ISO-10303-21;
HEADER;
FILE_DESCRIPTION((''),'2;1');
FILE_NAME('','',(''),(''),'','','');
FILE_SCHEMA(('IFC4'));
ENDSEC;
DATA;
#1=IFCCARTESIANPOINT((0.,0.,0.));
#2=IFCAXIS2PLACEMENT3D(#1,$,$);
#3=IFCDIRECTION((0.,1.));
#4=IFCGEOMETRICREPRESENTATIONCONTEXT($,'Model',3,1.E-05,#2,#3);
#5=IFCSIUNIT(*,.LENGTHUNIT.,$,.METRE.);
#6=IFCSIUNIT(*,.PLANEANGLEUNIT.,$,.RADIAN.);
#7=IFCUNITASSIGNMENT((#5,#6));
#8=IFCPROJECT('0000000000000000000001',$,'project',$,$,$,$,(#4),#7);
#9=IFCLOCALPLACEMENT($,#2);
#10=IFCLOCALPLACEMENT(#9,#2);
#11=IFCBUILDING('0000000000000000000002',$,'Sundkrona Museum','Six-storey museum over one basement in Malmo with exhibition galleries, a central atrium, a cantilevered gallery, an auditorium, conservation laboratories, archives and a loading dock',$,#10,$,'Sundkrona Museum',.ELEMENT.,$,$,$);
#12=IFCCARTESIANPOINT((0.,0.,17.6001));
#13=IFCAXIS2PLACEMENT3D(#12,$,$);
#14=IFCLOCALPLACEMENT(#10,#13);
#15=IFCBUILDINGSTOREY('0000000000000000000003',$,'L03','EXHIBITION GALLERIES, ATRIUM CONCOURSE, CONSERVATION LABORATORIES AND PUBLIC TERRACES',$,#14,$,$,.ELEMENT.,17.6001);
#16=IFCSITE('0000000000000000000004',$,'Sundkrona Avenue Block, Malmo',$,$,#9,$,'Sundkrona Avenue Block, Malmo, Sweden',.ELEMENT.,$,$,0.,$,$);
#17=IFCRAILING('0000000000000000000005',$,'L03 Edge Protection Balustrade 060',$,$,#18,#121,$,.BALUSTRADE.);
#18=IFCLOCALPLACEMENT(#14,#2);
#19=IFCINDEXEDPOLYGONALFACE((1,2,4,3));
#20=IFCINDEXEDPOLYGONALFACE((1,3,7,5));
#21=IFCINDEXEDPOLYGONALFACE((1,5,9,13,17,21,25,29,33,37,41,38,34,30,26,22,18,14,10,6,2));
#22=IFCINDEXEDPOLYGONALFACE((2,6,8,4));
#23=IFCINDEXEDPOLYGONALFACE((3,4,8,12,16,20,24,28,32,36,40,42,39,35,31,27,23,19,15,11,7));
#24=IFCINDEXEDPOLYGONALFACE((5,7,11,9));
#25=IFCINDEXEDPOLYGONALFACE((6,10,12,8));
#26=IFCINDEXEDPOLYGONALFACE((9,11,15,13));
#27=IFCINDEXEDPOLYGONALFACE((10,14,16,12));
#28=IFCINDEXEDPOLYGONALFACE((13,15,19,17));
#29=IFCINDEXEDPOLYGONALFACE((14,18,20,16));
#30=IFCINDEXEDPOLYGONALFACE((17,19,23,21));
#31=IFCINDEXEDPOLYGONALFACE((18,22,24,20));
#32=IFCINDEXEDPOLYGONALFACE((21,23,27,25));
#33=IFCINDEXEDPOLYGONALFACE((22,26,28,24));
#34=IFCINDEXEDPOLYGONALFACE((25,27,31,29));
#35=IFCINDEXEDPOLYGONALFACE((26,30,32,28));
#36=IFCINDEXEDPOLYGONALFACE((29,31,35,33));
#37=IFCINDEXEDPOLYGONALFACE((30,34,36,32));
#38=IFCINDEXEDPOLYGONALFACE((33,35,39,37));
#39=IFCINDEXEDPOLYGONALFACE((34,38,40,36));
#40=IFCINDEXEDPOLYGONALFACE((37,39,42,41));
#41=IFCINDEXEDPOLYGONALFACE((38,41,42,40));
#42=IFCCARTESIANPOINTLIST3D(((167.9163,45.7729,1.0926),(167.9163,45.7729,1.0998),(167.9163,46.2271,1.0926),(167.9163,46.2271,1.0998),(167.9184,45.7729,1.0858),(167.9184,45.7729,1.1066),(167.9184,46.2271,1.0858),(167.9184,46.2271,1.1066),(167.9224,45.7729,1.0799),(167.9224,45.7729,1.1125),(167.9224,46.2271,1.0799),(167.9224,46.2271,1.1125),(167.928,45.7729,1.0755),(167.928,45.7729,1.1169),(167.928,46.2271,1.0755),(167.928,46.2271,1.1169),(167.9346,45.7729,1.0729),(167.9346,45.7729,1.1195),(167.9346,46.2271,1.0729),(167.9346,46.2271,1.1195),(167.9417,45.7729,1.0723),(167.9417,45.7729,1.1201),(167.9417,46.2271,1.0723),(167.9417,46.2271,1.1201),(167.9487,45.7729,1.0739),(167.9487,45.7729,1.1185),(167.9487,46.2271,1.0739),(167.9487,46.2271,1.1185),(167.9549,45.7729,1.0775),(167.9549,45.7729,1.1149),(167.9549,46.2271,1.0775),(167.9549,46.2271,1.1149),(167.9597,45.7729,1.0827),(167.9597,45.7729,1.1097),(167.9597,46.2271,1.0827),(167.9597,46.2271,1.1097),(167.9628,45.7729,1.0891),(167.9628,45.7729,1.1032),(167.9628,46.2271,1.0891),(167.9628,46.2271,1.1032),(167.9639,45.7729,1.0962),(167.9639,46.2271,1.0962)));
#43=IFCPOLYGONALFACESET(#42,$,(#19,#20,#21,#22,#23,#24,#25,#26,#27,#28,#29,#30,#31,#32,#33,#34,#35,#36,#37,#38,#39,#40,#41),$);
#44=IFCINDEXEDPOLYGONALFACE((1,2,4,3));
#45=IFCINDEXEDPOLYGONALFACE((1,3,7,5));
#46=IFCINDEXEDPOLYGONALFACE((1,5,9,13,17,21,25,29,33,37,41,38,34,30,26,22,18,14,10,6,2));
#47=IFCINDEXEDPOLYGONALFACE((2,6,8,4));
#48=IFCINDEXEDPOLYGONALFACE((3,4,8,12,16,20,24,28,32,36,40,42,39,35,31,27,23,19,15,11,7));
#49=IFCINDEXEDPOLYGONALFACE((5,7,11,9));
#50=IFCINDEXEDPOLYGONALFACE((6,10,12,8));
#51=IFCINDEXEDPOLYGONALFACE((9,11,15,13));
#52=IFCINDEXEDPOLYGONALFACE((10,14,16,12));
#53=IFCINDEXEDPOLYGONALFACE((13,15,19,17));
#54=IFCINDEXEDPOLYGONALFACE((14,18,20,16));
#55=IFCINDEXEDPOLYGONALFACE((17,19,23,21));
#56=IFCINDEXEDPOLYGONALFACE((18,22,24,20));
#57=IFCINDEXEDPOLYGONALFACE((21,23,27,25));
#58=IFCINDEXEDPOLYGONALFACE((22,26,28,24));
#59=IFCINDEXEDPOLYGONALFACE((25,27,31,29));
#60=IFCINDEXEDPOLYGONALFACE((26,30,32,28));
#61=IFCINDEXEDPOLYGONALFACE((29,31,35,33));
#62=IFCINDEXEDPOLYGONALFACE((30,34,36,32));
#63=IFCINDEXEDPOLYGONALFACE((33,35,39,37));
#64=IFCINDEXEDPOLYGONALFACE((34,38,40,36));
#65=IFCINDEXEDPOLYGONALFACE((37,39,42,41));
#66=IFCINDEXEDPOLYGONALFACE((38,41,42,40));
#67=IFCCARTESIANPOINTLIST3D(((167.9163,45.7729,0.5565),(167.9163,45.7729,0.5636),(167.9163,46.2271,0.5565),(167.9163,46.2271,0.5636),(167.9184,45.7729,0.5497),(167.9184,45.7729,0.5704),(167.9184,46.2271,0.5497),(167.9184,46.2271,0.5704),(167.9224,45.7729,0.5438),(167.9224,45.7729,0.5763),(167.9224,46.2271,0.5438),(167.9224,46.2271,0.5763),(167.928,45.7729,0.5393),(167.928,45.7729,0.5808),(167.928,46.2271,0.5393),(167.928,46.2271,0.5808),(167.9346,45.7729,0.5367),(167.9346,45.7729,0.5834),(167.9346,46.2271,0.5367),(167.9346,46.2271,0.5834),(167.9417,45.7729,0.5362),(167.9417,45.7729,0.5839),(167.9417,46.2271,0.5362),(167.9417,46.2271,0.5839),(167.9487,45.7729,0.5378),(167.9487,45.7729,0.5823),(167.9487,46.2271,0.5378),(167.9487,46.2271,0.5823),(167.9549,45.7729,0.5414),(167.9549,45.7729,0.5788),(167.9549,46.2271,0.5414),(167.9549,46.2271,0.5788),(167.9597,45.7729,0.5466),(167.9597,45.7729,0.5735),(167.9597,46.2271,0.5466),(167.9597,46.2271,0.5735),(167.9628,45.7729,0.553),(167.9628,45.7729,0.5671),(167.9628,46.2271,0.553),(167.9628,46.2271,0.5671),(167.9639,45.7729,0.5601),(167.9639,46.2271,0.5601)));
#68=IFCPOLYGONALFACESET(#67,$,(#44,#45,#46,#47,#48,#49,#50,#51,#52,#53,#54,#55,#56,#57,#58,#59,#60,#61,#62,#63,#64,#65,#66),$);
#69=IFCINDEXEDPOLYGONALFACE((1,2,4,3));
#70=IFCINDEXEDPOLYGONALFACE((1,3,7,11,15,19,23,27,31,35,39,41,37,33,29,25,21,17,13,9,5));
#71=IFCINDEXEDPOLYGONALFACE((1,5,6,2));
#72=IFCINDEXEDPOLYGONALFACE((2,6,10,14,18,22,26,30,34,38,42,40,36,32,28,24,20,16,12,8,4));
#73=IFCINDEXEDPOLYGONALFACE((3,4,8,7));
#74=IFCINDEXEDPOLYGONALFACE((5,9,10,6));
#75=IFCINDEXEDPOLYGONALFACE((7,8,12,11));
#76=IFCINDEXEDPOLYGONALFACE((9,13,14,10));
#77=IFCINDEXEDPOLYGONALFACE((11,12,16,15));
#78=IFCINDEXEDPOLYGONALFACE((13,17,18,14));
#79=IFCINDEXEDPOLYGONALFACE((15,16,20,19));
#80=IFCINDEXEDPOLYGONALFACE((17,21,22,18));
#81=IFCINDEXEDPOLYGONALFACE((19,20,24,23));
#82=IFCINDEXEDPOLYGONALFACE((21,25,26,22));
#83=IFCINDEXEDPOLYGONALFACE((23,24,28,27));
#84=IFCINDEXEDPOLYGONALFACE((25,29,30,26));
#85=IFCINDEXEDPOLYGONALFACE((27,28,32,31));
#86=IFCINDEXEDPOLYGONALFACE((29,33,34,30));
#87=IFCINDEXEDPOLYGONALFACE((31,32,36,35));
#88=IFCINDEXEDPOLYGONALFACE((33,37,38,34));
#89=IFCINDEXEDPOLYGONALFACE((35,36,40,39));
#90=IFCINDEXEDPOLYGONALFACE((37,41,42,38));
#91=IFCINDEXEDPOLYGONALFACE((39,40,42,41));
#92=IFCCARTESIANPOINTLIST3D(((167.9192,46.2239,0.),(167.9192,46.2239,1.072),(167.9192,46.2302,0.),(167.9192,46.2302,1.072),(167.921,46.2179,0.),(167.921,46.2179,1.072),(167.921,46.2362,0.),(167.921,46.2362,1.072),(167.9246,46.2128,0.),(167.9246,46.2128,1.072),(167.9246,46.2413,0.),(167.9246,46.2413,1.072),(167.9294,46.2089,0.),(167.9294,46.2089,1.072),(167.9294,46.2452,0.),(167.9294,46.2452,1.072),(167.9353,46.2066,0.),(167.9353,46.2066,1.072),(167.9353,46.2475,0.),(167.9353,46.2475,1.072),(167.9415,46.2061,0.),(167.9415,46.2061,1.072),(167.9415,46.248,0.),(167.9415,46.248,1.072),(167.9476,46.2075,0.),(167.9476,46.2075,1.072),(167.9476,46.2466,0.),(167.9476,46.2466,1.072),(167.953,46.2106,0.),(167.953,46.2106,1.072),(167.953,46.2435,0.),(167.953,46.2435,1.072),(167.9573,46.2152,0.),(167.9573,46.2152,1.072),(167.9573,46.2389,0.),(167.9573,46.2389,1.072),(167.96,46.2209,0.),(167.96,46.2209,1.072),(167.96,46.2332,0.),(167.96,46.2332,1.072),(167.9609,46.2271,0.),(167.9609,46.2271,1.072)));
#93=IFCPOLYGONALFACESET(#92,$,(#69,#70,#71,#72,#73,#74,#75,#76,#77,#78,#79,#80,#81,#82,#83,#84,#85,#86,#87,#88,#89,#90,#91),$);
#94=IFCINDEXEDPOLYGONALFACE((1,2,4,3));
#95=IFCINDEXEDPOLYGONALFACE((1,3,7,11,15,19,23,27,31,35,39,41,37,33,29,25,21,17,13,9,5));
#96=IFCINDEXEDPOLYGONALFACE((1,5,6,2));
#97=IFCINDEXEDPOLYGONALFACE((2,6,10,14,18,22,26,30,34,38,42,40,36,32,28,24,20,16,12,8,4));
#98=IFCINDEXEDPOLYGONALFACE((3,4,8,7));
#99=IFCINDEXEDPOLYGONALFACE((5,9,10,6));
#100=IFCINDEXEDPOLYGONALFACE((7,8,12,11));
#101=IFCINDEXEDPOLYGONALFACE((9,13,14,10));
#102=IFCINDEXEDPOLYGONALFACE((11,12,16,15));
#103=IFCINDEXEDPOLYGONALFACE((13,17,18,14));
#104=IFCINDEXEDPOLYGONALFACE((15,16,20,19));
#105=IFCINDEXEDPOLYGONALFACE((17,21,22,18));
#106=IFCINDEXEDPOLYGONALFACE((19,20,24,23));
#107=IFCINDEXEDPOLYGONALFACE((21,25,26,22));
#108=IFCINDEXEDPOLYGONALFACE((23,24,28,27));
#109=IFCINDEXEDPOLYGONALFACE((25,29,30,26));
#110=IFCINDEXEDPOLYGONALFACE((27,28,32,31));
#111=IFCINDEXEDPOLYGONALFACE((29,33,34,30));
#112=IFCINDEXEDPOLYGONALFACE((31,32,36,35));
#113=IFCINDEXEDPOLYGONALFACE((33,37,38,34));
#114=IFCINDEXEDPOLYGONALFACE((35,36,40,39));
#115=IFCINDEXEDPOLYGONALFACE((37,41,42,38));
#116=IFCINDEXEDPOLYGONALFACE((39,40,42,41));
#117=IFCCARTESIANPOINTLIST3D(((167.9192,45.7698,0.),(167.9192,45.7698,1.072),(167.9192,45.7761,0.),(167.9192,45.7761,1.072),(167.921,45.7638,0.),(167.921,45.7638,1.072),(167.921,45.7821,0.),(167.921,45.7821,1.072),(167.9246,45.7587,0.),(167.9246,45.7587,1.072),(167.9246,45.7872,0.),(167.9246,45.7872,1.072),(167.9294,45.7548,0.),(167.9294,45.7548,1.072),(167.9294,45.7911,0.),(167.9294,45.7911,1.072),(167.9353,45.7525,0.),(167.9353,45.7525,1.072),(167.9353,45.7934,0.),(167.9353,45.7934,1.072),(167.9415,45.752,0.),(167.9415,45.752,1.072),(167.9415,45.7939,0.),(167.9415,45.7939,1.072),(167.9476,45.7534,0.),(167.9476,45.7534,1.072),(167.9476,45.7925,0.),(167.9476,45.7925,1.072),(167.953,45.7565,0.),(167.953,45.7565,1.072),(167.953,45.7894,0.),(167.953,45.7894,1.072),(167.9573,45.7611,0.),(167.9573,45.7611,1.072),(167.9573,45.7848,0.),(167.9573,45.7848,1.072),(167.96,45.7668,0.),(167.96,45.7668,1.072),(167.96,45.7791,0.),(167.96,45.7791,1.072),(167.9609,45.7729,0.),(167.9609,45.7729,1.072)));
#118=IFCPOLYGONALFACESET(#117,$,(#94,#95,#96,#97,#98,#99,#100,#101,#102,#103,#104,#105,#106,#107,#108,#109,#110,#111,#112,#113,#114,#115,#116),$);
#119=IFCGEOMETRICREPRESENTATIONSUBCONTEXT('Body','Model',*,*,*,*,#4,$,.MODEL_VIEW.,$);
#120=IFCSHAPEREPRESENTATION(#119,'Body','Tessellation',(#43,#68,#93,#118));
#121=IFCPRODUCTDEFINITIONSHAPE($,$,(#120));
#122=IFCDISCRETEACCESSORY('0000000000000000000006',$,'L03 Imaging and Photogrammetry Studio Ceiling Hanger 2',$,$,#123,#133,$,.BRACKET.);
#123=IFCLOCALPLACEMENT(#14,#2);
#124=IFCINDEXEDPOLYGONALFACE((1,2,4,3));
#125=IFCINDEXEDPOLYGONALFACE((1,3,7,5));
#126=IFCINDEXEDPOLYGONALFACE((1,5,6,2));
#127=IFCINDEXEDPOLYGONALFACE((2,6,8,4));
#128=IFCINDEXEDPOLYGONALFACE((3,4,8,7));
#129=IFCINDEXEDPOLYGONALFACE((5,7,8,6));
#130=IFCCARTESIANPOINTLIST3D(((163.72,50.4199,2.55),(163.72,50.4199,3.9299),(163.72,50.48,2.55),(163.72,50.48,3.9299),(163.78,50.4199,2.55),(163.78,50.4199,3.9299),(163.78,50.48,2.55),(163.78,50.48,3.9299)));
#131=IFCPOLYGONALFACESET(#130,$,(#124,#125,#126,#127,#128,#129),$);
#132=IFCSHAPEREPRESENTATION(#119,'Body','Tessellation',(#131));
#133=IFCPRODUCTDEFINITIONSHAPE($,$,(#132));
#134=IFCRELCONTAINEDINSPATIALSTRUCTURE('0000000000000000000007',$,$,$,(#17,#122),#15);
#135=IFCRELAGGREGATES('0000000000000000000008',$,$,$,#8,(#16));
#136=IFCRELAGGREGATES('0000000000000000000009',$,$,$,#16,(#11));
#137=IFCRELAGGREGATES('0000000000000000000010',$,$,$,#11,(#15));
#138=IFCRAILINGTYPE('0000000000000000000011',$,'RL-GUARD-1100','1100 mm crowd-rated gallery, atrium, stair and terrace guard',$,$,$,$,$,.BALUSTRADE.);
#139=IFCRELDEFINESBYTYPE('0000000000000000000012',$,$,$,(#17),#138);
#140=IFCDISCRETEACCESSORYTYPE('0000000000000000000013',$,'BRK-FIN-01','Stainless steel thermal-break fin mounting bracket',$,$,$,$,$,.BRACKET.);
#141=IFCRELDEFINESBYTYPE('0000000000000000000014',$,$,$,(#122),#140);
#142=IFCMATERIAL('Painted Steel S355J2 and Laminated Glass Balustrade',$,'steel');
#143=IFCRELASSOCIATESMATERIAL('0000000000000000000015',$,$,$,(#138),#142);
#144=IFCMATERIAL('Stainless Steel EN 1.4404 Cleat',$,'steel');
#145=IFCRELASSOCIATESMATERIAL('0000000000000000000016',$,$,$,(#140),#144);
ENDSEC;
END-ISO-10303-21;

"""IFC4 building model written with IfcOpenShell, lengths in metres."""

from ifc_helpers import new_model, si_unit, direction, frame, origin, origin_2d, place, context, subcontext, project, spatial, rectangle, circle, extrude, material, type_object, element, save


model = new_model("IFC4")

# Units and contexts
model_context = context("Model", 3, precision=1e-05, world=origin(), true_north=direction((0.0, 1.0)))
body_context = subcontext(model_context, "Body", "Model", "MODEL_VIEW")
ifc_project = project(units=[si_unit("LENGTHUNIT", "METRE"), si_unit("PLANEANGLEUNIT", "RADIAN")], contexts=[model_context])

# Site, building, storey
site_placement = place(None, origin())
site = spatial("IfcSite", under=ifc_project, at=site_placement, Name="Sundkrona Avenue Block, Malmo", LongName="Sundkrona Avenue Block, Malmo, Sweden", CompositionType="ELEMENT", RefElevation=0.0)
building_placement = place(site_placement, origin())
building = spatial("IfcBuilding", under=site, at=building_placement, Name="Sundkrona Museum", Description="Six-storey museum over one basement in Malmo with exhibition galleries, a central atrium, a cantilevered gallery, an auditorium, conservation laboratories, archives and a loading dock", LongName="Sundkrona Museum", CompositionType="ELEMENT")
storey_placement = place(building_placement, frame((0.0, 0.0, 17.6001)))
storey = spatial("IfcBuildingStorey", under=building, at=storey_placement, Name="L03", Description="EXHIBITION GALLERIES, ATRIUM CONCOURSE, CONSERVATION LABORATORIES AND PUBLIC TERRACES", CompositionType="ELEMENT", Elevation=17.6001)

# Railing
ifc_material_1 = material(Name="Painted Steel S355J2 and Laminated Glass Balustrade", Category="steel")
railing_type = type_object("IfcRailingType", Name="RL-GUARD-1100", Description="1100 mm crowd-rated gallery, atrium, stair and terrace guard", PredefinedType="BALUSTRADE", material=ifc_material_1)
railing_1_placement = place(storey_placement, frame((167.9399, 46.2271, 0.0)))
element("IfcRailing", 1, at=railing_1_placement, inside=storey, type_object=railing_type, Name="L03 Edge Protection Balustrade 060", PredefinedType="BALUSTRADE", context=body_context, shape_type="SweptSolid", body=[
    extrude(circle(Radius=0.0239, at=origin_2d()), frame((0.0, 0.0, 1.0962), z_axis=(0.0, -1.0, 0.0), x_axis=(1.0, 0.0, 0.0)), (0.0, 0.0, 1.0), 0.4541),
    extrude(circle(Radius=0.0239, at=origin_2d()), frame((0.0, 0.0, 0.5601), z_axis=(0.0, -1.0, 0.0), x_axis=(1.0, 0.0, 0.0)), (0.0, 0.0, 1.0), 0.4541),
    extrude(circle(Radius=0.021, at=origin_2d()), origin(), (0.0, 0.0, 1.0), 1.072),
    extrude(circle(Radius=0.021, at=origin_2d()), frame((0.0, -0.4541, 0.0)), (0.0, 0.0, 1.0), 1.072),
])

# Discrete accessory
ifc_material_2 = material(Name="Stainless Steel EN 1.4404 Cleat", Category="steel")
discrete_accessory_type = type_object("IfcDiscreteAccessoryType", Name="BRK-FIN-01", Description="Stainless steel thermal-break fin mounting bracket", PredefinedType="BRACKET", material=ifc_material_2)
discrete_accessory_placement = place(storey_placement, frame((163.75, 50.45, 2.55), z_axis=(0.0, 0.0, 1.0), x_axis=(1.0, 0.0, 0.0)))
element("IfcDiscreteAccessory", 2, at=discrete_accessory_placement, inside=storey, type_object=discrete_accessory_type, Name="L03 Imaging and Photogrammetry Studio Ceiling Hanger 2", PredefinedType="BRACKET", context=body_context, shape_type="SweptSolid", body=[
    extrude(rectangle(XDim=0.0601, YDim=0.0601, at=origin_2d()), origin(), (0.0, 0.0, 1.0), 1.3799),
])

save(model, "model.ifc")
